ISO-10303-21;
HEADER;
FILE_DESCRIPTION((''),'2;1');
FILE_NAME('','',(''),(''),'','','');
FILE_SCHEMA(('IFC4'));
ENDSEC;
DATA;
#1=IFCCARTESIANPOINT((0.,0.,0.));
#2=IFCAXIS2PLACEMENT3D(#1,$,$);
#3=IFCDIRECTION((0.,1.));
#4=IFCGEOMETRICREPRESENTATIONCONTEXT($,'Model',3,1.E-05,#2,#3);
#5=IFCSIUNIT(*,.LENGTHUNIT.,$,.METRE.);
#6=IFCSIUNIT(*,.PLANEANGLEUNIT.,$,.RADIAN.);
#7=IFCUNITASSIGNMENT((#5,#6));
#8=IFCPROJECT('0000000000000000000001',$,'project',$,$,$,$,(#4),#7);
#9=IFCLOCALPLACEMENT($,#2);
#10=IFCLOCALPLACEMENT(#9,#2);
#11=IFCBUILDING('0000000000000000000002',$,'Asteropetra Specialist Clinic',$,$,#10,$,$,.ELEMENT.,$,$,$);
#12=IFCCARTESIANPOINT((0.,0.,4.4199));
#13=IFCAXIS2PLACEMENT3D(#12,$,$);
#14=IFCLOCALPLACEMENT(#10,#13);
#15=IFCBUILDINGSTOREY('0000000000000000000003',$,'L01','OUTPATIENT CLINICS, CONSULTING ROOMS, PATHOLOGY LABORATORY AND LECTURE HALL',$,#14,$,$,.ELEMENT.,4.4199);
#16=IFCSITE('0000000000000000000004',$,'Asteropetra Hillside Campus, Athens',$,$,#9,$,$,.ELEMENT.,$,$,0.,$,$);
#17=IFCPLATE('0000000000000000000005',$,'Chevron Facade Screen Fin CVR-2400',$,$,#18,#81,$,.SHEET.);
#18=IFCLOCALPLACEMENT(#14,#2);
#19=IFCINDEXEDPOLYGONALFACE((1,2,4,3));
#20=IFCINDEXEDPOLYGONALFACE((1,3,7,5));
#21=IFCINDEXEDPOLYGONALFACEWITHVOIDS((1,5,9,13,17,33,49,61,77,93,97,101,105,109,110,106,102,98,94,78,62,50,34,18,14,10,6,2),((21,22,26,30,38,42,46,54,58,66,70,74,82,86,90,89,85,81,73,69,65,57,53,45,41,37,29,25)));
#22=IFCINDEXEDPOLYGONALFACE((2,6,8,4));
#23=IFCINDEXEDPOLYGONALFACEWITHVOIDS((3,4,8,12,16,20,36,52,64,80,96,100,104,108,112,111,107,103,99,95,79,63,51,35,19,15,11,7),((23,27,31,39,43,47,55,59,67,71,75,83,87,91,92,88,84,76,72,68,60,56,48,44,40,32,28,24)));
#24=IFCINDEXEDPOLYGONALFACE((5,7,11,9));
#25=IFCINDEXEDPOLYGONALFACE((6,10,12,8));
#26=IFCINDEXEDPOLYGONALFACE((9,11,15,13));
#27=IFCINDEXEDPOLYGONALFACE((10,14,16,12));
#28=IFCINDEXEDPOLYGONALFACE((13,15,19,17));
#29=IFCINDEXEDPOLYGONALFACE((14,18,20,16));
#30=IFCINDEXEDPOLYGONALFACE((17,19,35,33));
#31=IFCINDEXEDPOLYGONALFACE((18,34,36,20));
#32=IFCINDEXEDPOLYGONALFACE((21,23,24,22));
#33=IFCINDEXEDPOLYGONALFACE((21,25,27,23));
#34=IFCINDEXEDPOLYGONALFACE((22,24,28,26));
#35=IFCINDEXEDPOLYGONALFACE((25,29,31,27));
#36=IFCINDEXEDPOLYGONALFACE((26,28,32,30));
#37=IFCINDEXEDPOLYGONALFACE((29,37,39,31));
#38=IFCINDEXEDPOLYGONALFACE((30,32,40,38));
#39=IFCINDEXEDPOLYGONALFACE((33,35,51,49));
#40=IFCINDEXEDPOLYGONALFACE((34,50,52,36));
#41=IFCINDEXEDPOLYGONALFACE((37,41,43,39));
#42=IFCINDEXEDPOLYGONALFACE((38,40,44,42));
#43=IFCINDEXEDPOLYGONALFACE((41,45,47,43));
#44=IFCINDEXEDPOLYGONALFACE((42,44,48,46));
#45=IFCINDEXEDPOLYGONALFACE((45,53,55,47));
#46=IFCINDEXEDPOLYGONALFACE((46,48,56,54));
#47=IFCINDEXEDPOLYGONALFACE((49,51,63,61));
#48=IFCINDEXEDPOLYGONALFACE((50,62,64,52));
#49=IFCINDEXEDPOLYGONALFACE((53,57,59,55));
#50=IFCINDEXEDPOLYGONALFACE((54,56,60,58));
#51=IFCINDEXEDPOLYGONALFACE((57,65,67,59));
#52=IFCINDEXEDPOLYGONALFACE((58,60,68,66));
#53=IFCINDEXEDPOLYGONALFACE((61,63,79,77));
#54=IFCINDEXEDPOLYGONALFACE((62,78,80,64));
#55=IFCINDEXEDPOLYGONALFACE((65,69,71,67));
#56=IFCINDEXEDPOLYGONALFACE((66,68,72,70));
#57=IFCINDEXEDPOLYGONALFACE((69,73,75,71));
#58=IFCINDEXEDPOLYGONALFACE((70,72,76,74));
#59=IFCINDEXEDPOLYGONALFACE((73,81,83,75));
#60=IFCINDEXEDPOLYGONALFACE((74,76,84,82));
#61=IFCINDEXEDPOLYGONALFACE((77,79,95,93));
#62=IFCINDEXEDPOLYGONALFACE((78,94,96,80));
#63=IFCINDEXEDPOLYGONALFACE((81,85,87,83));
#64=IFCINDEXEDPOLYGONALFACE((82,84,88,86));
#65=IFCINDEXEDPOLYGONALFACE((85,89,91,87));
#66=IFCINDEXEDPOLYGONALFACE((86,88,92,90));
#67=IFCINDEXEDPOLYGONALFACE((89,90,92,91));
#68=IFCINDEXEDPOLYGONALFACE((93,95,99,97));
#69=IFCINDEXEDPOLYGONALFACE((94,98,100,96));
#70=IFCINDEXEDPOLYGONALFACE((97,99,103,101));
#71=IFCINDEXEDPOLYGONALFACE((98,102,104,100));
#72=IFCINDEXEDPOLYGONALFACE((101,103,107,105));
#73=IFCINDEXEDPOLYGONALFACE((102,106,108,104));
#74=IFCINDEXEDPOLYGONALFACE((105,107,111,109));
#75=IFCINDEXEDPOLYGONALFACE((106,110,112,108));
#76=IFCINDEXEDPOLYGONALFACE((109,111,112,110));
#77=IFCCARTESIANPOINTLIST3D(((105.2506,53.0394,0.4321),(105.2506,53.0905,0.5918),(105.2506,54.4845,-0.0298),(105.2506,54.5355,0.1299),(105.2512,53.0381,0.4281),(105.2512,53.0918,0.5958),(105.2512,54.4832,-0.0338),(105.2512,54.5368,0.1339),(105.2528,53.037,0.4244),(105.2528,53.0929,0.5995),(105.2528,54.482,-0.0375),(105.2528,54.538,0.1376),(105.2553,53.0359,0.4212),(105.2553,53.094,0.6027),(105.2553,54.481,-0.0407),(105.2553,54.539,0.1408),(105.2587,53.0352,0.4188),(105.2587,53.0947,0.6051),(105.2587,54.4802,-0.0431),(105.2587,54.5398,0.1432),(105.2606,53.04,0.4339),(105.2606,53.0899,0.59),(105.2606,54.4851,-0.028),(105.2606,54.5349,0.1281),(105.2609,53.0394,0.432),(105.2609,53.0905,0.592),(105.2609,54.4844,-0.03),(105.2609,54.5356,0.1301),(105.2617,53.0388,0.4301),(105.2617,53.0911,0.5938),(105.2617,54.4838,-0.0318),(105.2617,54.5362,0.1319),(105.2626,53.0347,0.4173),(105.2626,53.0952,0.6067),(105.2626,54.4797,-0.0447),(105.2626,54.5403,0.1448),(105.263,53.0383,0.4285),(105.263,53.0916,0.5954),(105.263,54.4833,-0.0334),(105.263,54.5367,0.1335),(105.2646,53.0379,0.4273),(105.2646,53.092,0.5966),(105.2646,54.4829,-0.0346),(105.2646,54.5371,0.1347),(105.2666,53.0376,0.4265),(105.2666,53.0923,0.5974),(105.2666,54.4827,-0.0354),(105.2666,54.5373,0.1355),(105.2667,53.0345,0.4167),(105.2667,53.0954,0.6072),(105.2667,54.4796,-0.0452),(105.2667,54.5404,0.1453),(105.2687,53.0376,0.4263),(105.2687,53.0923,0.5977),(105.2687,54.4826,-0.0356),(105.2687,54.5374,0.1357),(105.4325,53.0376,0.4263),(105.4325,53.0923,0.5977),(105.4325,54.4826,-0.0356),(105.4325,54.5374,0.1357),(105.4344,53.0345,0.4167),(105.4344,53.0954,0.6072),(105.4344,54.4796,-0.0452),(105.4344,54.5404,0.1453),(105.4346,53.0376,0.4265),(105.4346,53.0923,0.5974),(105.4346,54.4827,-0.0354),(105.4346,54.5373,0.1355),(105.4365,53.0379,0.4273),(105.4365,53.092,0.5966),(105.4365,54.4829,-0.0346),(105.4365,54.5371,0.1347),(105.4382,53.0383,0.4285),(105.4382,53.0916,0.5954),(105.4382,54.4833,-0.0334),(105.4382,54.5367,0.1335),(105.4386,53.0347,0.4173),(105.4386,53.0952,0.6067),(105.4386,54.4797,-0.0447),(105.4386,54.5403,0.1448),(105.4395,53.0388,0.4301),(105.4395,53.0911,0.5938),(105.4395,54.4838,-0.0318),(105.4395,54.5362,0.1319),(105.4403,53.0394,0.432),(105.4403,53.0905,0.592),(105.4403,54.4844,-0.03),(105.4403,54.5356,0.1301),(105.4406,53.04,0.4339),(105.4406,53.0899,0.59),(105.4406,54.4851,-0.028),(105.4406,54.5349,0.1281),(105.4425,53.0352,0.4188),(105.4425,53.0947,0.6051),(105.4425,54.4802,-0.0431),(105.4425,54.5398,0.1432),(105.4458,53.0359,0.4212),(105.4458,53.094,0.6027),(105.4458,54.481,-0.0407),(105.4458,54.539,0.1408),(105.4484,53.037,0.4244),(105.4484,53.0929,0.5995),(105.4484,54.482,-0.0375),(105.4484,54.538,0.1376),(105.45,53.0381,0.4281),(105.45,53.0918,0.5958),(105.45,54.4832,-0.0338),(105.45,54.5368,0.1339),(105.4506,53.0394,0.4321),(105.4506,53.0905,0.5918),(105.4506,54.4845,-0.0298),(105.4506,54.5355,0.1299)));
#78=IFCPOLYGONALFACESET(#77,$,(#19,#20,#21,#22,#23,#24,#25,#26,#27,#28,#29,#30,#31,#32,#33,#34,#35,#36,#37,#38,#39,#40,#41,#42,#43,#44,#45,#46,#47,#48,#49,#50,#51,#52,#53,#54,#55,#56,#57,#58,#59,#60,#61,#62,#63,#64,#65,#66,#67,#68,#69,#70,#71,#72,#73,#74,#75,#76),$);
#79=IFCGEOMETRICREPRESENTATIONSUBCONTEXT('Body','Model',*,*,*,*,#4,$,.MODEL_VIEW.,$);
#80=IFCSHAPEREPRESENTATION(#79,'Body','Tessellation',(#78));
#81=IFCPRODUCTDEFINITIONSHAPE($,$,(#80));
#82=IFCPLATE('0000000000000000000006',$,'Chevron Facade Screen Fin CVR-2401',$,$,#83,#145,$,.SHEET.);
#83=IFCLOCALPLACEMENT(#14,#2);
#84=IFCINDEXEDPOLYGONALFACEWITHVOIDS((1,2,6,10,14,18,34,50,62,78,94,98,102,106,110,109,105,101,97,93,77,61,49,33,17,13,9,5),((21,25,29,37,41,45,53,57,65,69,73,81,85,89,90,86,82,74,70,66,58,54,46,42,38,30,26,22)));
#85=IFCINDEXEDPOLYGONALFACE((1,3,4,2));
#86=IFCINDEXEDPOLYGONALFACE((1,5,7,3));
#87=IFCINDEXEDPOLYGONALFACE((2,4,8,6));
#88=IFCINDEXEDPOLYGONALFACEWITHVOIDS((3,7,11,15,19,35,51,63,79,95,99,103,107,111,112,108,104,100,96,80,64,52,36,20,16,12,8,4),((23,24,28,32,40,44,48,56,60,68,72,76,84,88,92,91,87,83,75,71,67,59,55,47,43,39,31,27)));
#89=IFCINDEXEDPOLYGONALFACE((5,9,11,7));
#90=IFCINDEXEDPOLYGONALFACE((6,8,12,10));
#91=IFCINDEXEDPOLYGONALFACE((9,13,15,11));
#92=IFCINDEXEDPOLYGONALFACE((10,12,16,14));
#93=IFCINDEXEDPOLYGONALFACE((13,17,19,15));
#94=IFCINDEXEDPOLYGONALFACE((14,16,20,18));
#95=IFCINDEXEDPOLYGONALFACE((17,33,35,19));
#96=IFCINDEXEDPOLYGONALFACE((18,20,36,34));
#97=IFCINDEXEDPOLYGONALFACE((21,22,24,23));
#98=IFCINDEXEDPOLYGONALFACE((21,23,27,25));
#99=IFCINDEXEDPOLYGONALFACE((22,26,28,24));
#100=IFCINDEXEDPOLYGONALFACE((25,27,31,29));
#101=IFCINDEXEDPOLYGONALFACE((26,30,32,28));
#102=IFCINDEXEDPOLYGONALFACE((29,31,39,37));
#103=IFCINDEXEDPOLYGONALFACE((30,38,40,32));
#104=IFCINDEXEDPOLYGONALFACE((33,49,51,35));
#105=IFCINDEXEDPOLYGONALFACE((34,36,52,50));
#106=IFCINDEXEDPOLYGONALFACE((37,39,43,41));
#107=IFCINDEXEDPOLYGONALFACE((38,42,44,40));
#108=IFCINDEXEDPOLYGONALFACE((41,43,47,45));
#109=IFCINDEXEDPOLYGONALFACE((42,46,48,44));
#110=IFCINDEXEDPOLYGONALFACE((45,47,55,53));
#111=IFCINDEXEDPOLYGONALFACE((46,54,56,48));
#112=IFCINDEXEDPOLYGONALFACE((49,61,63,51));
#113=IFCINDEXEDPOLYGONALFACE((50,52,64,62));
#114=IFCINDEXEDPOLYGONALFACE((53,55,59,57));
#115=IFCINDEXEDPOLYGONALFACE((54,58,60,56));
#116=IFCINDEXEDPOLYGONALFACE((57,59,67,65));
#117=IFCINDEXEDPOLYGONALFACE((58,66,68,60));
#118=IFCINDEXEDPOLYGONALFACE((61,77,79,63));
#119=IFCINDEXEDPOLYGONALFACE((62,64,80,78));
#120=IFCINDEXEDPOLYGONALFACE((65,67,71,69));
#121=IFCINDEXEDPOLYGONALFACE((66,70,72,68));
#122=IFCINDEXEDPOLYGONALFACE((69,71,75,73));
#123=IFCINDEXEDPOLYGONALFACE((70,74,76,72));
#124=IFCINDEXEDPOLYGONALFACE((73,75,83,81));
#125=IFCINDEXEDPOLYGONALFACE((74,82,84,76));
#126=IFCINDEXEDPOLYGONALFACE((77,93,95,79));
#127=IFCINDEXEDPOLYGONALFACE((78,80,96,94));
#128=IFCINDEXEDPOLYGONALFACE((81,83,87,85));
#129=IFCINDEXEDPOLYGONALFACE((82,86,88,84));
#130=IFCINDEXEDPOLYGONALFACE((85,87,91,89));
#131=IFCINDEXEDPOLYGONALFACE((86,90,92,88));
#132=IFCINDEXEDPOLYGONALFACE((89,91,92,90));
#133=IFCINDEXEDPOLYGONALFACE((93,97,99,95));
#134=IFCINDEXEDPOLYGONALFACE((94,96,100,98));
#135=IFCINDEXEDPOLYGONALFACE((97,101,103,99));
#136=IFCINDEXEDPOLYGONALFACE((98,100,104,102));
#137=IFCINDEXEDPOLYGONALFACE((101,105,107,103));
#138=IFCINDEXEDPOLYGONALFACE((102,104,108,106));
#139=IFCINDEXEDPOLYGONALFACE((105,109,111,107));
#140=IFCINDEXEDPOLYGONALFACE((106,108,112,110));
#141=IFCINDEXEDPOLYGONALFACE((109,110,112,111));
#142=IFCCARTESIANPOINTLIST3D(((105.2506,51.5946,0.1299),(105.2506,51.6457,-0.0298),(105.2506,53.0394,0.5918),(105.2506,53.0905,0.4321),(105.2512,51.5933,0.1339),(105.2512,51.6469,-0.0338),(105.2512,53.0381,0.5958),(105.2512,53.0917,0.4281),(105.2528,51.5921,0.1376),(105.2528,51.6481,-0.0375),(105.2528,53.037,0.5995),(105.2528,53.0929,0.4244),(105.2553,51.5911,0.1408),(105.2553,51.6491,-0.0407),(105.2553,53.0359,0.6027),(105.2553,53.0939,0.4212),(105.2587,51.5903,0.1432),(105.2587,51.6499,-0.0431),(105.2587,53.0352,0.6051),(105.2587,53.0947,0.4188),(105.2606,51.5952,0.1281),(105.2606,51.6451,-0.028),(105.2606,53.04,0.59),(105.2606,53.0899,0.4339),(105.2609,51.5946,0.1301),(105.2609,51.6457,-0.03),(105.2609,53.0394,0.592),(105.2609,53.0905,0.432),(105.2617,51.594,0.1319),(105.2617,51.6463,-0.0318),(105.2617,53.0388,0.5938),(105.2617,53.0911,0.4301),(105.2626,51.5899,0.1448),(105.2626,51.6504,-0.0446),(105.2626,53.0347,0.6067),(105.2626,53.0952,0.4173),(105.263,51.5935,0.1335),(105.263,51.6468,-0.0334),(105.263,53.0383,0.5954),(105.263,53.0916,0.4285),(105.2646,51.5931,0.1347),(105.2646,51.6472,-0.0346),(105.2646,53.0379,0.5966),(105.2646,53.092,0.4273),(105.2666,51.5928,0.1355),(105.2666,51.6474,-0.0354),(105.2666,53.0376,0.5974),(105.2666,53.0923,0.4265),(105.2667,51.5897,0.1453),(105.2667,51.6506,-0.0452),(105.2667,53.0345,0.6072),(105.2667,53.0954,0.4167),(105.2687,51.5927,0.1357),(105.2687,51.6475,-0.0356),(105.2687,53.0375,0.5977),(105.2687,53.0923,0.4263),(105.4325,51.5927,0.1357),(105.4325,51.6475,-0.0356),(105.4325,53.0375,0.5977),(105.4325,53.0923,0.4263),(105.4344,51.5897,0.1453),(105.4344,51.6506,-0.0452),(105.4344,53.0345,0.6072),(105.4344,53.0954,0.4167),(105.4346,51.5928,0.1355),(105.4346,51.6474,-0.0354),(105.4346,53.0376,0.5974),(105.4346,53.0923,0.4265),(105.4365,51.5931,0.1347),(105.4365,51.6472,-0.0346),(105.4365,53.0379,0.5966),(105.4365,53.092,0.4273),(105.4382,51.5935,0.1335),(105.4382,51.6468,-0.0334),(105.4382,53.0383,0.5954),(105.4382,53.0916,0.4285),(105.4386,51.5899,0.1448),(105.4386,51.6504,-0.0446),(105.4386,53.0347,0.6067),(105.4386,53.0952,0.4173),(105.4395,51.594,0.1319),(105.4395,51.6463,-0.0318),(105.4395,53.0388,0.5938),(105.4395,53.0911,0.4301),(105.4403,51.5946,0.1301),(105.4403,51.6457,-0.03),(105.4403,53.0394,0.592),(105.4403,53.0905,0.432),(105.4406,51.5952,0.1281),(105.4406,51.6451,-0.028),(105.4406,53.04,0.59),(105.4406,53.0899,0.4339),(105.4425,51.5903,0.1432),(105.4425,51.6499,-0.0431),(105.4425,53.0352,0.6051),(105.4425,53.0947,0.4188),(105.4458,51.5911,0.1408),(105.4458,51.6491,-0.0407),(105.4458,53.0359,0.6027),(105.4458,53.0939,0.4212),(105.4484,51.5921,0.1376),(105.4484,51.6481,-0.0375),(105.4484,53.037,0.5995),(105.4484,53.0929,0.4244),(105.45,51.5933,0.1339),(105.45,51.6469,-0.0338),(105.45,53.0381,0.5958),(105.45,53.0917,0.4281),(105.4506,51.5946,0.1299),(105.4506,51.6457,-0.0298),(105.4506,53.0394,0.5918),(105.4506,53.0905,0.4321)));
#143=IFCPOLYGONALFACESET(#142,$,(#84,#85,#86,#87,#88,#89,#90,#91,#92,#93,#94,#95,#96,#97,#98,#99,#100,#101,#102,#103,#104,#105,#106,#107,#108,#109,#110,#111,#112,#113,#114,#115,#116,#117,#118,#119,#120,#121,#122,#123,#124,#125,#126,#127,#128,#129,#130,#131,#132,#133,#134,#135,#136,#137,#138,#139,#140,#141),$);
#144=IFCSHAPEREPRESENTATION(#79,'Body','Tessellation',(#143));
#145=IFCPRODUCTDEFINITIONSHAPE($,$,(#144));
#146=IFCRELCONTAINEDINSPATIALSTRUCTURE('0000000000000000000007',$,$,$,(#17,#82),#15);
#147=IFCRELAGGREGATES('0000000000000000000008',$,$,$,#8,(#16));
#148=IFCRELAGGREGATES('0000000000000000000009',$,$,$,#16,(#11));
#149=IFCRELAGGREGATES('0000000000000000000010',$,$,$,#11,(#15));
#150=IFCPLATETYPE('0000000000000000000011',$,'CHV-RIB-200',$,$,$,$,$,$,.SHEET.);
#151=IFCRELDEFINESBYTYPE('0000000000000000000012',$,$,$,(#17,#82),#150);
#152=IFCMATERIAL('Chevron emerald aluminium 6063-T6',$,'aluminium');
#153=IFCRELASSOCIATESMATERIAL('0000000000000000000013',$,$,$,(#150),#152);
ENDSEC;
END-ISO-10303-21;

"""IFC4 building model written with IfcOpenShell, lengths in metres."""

from ifc_helpers import new_model, si_unit, direction, frame, origin, origin_2d, place, context, subcontext, project, spatial, hollow_rectangle, extrude, material, material_profile, profile_set, type_object, element, save


model = new_model("IFC4")

# Units and contexts
model_context = context("Model", 3, precision=1e-05, world=origin(), true_north=direction((0.0, 1.0)))
body_context = subcontext(model_context, "Body", "Model", "MODEL_VIEW")
ifc_project = project(units=[si_unit("LENGTHUNIT", "METRE"), si_unit("PLANEANGLEUNIT", "RADIAN")], contexts=[model_context])

# Site, building, storey
site_placement = place(None, origin())
site = spatial("IfcSite", under=ifc_project, at=site_placement, Name="Asteropetra Hillside Campus, Athens", CompositionType="ELEMENT", RefElevation=0.0)
building_placement = place(site_placement, origin())
building = spatial("IfcBuilding", under=site, at=building_placement, Name="Asteropetra Specialist Clinic", CompositionType="ELEMENT")
storey_placement = place(building_placement, frame((0.0, 0.0, 4.4199)))
storey = spatial("IfcBuildingStorey", under=building, at=storey_placement, Name="L01", Description="OUTPATIENT CLINICS, CONSULTING ROOMS, PATHOLOGY LABORATORY AND LECTURE HALL", CompositionType="ELEMENT", Elevation=4.4199)

# Plates
ifc_material_1 = material(Name="Chevron emerald aluminium 6063-T6", Category="aluminium")
ifc_material_profile = material_profile(ifc_material_1, hollow_rectangle(XDim=0.2, YDim=0.2, WallThickness=0.01, InnerFilletRadius=0.0081, OuterFilletRadius=0.0161, at=origin_2d()), Name="SHS 200x200x10.0")
ifc_profile_set = profile_set([ifc_material_profile], Name="Chevron emerald aluminium 6063-T6")
plate_type = type_object("IfcPlateType", Name="CHV-RIB-200", PredefinedType="SHEET", material=ifc_profile_set)
plate_1_placement = place(storey_placement, frame((105.3506, 54.51, 0.05), z_axis=(0.0, -0.952521, 0.304472), x_axis=(1.0, 0.0, 0.0)))
element("IfcPlate", 1, at=plate_1_placement, inside=storey, type_object=plate_type, Name="Chevron Facade Screen Fin CVR-2400", PredefinedType="SHEET", context=body_context, shape_type="SweptSolid", body=[
    extrude(hollow_rectangle(XDim=0.2, YDim=0.2, WallThickness=0.01, InnerFilletRadius=0.0081, OuterFilletRadius=0.0161, at=origin_2d()), origin(), (0.0, 0.0, 1.0), 1.5171),
])
plate_2_placement = place(storey_placement, frame((105.3506, 53.0649, 0.512), z_axis=(0.0, -0.952506, -0.304519), x_axis=(1.0, 0.0, 0.0)))
element("IfcPlate", 2, at=plate_2_placement, inside=storey, type_object=plate_type, Name="Chevron Facade Screen Fin CVR-2401", PredefinedType="SHEET", context=body_context, shape_type="SweptSolid", body=[
    extrude(hollow_rectangle(XDim=0.2, YDim=0.2, WallThickness=0.01, InnerFilletRadius=0.0081, OuterFilletRadius=0.0161, at=origin_2d()), origin(), (0.0, 0.0, 1.0), 1.5168),
])

save(model, "model.ifc")
